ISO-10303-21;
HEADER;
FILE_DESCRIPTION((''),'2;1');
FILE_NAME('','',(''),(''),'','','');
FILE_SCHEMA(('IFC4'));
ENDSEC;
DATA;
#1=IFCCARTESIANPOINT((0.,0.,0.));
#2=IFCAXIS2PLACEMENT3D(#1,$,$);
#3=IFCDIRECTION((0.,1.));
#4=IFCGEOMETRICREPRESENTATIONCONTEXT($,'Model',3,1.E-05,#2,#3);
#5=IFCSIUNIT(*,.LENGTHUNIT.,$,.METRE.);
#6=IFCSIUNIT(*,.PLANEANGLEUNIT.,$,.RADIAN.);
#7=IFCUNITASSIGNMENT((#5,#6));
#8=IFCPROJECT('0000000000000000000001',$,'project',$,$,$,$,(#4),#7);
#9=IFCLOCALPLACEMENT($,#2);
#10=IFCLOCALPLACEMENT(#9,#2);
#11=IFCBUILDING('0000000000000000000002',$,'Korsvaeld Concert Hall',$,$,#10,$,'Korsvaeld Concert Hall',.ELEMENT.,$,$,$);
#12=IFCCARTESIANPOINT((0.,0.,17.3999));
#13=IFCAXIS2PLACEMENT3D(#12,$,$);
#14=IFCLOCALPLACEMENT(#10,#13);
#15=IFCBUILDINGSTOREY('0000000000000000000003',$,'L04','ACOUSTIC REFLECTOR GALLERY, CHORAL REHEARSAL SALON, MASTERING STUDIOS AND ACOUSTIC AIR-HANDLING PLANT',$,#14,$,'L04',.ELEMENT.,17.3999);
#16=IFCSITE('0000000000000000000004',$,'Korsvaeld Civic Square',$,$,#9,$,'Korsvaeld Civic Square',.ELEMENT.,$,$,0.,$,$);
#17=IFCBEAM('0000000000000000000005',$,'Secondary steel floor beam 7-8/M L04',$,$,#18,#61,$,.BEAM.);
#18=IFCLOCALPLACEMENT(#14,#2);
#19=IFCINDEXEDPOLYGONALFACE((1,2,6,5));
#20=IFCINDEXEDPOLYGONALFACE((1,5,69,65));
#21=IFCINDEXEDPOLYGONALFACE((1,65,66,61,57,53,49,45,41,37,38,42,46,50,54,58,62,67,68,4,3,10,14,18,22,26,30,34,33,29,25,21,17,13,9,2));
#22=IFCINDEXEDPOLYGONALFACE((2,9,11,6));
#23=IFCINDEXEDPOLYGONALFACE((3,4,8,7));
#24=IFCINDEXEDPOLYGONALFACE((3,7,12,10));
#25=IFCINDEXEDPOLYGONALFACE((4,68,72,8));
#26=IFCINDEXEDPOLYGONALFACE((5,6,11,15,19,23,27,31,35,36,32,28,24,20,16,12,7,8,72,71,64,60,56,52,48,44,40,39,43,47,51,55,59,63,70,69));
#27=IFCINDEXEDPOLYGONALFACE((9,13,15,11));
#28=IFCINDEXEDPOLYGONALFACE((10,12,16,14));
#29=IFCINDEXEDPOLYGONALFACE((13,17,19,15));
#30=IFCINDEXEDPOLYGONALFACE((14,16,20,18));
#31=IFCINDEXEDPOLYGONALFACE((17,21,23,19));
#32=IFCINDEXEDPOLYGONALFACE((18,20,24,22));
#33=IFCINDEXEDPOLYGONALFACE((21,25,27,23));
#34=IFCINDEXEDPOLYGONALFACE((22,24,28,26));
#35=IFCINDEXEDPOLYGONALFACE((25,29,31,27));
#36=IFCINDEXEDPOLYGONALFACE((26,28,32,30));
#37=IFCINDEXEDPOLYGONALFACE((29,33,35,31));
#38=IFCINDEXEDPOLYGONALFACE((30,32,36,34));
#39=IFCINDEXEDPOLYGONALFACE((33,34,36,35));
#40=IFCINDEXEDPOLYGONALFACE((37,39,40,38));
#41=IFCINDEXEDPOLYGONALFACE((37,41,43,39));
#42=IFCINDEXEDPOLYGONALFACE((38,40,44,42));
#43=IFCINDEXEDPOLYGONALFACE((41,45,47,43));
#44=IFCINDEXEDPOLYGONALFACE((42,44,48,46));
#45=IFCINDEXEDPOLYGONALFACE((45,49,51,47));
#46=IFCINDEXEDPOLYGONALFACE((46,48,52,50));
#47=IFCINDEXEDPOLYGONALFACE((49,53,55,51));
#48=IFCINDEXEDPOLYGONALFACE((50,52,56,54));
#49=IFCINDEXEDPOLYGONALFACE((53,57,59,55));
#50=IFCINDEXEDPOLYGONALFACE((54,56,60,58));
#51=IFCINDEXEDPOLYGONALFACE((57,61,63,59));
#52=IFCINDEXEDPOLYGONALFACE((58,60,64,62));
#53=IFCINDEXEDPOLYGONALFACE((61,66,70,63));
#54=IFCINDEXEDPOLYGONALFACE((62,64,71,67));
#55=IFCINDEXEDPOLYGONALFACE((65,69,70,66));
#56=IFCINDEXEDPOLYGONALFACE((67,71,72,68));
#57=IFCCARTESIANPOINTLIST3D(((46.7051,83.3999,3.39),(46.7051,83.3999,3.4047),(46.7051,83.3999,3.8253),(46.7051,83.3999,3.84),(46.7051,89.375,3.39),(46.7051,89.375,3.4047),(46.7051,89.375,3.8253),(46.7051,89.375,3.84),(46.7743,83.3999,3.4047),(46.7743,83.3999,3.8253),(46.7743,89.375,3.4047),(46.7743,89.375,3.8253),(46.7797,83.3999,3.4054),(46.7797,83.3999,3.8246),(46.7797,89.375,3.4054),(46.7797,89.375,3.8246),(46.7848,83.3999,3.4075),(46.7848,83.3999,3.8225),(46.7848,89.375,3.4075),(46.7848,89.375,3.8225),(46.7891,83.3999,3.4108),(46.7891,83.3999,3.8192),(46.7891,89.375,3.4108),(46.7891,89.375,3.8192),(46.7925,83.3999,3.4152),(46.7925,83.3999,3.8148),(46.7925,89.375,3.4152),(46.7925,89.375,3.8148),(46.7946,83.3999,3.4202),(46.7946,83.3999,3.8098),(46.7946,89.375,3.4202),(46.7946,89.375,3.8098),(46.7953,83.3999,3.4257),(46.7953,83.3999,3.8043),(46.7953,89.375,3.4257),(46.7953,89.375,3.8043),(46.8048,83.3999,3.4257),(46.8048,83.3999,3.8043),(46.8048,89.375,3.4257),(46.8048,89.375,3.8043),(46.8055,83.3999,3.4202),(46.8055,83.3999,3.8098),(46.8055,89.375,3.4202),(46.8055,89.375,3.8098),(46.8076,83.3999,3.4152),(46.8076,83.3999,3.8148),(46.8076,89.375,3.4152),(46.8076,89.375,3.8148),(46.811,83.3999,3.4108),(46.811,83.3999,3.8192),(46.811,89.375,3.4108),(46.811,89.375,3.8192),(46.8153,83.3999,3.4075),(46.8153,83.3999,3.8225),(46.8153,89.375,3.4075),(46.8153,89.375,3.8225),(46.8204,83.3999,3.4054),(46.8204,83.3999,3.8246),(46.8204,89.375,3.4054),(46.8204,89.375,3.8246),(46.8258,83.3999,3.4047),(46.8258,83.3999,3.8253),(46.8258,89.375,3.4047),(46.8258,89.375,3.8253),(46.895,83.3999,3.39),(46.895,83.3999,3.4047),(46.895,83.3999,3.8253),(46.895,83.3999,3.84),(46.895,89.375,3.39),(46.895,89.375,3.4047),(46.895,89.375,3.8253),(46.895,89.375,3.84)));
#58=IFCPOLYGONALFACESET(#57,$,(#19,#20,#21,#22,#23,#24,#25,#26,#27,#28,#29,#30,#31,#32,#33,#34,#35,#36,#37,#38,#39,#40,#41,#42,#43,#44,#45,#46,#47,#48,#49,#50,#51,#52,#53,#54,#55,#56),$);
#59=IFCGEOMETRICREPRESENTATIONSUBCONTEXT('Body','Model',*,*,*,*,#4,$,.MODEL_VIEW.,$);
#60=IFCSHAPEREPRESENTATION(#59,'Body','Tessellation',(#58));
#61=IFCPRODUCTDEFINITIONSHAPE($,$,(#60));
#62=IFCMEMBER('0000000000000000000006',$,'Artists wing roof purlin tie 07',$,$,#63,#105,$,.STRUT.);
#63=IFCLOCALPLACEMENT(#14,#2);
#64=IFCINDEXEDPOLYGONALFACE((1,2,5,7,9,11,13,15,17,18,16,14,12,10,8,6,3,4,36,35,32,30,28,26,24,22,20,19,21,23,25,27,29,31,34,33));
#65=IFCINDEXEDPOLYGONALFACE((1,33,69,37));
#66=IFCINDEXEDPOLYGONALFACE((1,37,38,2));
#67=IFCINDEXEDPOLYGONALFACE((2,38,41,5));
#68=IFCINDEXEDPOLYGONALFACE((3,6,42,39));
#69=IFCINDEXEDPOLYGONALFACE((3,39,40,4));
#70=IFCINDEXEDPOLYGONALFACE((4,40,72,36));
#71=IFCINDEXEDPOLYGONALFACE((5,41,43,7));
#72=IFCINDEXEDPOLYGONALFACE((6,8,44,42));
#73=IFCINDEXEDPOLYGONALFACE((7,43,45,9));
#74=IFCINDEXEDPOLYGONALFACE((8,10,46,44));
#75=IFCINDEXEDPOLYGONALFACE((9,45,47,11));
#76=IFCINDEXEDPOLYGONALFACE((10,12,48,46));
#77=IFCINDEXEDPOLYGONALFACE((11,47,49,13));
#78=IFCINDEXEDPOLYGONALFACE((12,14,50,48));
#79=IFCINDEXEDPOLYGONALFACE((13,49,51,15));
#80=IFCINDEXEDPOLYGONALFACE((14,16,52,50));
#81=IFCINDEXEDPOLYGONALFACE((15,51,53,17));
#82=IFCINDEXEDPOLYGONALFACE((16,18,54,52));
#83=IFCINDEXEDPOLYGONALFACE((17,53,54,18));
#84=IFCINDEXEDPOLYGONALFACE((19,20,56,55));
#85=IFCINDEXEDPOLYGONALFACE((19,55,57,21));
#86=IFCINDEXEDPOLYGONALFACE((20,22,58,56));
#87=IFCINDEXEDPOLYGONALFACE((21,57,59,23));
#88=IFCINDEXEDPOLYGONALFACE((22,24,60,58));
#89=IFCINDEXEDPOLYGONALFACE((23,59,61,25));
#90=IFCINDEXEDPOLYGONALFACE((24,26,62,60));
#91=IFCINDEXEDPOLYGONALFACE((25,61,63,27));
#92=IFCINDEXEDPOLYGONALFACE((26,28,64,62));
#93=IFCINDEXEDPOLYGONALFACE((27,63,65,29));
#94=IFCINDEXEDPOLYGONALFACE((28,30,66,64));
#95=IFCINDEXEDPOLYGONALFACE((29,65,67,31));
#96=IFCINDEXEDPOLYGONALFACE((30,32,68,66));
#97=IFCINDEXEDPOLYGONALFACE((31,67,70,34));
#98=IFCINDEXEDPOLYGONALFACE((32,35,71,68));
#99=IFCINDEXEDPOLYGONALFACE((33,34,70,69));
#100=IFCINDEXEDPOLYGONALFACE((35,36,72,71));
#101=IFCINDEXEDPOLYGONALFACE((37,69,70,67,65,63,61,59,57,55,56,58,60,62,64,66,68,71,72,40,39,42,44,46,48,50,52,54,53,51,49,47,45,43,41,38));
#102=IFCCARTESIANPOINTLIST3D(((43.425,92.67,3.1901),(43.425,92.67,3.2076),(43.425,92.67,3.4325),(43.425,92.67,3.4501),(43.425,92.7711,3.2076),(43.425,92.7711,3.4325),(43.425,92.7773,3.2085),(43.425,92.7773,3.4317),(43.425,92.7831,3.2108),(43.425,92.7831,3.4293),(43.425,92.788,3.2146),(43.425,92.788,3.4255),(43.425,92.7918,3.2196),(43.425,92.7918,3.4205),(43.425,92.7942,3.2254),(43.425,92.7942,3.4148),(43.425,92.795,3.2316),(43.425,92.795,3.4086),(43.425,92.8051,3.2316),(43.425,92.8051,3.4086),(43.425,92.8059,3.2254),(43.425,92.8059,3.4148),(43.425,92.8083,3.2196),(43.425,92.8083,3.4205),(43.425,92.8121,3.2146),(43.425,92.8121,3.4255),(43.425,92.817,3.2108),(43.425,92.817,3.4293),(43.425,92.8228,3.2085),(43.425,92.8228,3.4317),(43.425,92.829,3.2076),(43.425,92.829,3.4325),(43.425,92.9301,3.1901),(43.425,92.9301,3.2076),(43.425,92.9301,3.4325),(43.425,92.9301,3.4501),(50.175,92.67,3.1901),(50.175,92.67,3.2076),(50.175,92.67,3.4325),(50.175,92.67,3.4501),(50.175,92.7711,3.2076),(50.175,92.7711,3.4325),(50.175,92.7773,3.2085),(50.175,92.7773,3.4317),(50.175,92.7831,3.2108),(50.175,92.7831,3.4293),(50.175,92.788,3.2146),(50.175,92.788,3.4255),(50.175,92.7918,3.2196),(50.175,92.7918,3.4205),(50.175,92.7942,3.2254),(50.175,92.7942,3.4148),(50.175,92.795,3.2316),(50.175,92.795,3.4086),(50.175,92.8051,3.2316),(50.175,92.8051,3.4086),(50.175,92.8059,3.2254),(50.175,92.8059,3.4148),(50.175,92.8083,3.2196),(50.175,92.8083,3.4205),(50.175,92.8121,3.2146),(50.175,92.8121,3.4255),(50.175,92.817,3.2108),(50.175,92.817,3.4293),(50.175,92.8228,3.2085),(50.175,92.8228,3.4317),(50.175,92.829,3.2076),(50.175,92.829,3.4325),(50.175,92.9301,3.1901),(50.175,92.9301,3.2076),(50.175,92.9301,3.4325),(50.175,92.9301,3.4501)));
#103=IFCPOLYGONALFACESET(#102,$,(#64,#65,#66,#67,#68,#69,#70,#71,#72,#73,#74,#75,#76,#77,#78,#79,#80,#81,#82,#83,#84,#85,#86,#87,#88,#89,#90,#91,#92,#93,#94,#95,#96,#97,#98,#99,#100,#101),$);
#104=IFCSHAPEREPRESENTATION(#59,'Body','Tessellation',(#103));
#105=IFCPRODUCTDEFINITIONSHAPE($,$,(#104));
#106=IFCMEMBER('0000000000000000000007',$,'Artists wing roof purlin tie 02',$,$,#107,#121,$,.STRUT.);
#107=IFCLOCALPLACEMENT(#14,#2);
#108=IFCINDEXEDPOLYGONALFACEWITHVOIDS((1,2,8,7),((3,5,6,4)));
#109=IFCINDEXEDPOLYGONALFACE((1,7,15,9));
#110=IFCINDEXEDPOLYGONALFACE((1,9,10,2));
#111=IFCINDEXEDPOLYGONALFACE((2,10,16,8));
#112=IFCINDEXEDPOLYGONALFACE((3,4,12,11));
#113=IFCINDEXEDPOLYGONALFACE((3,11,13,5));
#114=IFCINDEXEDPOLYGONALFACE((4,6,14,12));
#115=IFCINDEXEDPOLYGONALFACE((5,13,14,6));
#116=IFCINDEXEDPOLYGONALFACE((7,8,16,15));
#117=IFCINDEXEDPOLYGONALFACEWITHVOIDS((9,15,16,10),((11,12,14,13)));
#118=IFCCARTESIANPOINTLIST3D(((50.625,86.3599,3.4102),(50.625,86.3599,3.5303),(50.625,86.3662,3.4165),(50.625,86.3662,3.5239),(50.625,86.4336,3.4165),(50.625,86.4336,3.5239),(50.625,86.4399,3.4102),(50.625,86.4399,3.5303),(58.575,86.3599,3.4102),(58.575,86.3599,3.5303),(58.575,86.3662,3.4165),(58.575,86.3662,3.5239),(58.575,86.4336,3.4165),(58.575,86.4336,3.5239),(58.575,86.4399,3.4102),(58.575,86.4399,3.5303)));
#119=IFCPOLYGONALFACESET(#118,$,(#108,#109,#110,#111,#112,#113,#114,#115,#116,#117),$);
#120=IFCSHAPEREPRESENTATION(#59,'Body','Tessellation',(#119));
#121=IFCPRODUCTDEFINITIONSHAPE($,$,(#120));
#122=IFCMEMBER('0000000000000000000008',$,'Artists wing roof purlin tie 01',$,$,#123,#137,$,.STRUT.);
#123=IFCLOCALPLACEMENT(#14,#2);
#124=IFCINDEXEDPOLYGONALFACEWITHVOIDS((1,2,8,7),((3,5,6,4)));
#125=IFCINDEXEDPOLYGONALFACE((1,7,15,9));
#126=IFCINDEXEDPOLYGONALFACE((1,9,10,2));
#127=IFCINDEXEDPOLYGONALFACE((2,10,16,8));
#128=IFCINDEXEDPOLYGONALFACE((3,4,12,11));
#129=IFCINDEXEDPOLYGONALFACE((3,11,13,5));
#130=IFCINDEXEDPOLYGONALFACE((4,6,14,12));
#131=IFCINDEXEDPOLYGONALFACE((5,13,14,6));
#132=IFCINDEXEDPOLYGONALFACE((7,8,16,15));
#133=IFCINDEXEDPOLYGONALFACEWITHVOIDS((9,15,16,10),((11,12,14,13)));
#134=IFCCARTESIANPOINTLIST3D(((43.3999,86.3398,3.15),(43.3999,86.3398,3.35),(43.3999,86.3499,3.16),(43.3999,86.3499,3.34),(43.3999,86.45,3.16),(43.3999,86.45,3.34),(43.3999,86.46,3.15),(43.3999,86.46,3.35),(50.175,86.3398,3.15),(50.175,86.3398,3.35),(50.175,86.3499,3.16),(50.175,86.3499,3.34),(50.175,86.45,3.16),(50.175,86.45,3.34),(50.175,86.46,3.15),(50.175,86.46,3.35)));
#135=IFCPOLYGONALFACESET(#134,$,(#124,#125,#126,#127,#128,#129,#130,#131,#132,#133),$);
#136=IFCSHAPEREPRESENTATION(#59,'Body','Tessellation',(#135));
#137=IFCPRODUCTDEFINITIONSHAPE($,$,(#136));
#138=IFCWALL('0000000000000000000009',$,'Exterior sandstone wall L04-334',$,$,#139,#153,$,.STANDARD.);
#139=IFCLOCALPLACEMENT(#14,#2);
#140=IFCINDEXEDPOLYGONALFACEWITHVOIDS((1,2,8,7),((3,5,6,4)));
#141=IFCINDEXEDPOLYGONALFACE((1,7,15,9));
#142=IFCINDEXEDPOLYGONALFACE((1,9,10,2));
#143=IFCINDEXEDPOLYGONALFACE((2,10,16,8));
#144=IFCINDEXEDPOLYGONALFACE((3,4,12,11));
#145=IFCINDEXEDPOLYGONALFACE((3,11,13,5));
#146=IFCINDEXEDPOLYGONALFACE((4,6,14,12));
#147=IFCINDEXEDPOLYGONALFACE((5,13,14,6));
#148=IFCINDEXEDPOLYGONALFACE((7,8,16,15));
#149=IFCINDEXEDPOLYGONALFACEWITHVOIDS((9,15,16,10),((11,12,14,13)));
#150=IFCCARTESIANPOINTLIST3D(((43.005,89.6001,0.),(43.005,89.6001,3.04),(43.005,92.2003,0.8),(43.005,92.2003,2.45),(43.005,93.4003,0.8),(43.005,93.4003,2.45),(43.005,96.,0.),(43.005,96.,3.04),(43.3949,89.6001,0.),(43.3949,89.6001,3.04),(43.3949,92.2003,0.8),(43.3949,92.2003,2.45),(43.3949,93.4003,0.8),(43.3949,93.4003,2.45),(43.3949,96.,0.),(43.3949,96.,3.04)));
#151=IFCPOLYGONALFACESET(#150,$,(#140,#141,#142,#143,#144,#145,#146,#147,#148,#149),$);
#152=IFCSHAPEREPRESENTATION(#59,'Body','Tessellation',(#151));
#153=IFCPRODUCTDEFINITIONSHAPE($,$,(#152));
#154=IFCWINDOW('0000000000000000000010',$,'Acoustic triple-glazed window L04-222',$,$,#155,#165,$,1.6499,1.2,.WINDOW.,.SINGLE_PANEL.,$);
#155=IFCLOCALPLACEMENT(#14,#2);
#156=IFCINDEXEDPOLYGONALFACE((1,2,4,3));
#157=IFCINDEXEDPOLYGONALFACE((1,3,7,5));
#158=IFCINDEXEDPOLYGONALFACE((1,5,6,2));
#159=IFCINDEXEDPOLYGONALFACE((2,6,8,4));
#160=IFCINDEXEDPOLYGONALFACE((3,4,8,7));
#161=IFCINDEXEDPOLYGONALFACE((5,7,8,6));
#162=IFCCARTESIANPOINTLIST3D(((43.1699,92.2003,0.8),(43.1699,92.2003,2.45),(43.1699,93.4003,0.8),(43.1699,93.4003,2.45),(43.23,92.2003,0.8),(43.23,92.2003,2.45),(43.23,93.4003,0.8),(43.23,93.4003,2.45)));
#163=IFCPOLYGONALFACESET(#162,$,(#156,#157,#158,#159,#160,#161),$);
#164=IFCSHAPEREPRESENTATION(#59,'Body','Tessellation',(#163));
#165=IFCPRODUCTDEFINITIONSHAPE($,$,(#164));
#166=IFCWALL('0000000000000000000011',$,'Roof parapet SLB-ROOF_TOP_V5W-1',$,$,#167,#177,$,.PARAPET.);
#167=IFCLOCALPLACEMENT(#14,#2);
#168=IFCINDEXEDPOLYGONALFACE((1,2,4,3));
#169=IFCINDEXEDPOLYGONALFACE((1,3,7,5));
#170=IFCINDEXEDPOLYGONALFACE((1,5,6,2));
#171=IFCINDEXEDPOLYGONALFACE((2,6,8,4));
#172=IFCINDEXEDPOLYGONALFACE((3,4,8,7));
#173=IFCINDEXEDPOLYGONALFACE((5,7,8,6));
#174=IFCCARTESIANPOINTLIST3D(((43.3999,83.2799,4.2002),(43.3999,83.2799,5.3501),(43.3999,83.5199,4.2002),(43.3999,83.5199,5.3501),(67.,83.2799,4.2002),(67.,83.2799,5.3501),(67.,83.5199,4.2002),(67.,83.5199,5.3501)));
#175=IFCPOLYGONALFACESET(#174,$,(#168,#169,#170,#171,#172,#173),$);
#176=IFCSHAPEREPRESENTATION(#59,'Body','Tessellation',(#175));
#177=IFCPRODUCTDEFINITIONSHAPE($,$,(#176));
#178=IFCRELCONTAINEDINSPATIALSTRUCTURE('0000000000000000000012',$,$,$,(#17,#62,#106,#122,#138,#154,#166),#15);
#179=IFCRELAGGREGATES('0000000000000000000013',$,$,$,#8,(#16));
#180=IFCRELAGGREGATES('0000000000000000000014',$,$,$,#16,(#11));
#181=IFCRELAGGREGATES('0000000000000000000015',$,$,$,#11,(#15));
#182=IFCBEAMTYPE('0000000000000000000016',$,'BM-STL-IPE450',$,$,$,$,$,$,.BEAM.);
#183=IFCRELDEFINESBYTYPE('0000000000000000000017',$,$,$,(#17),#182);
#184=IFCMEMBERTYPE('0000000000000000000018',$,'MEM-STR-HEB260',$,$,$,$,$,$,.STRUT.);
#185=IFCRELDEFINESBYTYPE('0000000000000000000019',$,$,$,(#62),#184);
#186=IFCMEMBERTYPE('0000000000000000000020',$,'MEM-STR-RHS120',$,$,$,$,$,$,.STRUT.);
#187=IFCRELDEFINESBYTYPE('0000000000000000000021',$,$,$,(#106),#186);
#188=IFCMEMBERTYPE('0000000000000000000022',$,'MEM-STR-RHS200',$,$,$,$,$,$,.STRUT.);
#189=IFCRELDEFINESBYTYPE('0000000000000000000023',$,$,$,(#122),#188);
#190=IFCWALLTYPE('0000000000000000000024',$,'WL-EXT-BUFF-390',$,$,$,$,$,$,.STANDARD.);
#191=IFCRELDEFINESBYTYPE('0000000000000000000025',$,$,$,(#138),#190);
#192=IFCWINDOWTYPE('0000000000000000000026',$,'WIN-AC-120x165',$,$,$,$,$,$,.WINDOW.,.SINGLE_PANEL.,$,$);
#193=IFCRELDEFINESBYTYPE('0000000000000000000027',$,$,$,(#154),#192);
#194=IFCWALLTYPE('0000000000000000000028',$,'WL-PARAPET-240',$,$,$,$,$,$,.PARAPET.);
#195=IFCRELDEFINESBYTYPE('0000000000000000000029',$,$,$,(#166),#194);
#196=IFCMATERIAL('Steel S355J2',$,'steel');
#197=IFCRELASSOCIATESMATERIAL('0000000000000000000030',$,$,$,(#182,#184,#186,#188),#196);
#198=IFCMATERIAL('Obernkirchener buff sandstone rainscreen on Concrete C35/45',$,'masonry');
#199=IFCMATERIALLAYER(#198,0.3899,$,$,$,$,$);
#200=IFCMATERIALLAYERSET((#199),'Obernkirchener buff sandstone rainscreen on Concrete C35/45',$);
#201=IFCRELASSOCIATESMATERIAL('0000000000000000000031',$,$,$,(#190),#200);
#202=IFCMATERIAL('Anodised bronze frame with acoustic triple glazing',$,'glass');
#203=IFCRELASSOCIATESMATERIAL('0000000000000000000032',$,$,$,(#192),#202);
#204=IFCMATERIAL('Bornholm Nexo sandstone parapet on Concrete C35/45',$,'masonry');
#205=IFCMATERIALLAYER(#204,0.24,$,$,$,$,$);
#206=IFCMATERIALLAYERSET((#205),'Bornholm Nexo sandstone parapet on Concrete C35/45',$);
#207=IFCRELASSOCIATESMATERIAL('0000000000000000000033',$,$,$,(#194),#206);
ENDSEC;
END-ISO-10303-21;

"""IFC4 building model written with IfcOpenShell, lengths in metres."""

from ifc_helpers import new_model, si_unit, direction, frame, frame_2d, origin, origin_2d, place, context, subcontext, project, spatial, rectangle, hollow_rectangle, i_section, extrude, material, layer, layer_set, material_profile, profile_set, type_object, element, fill, save


model = new_model("IFC4")

# Units and contexts
model_context = context("Model", 3, precision=1e-05, world=origin(), true_north=direction((0.0, 1.0)))
body_context = subcontext(model_context, "Body", "Model", "MODEL_VIEW")
ifc_project = project(units=[si_unit("LENGTHUNIT", "METRE"), si_unit("PLANEANGLEUNIT", "RADIAN")], contexts=[model_context])

# Site, building, storey
site_placement = place(None, origin())
site = spatial("IfcSite", under=ifc_project, at=site_placement, Name="Korsvaeld Civic Square", LongName="Korsvaeld Civic Square", CompositionType="ELEMENT", RefElevation=0.0)
building_placement = place(site_placement, origin())
building = spatial("IfcBuilding", under=site, at=building_placement, Name="Korsvaeld Concert Hall", LongName="Korsvaeld Concert Hall", CompositionType="ELEMENT")
storey_placement = place(building_placement, frame((0.0, 0.0, 17.3999)))
storey = spatial("IfcBuildingStorey", under=building, at=storey_placement, Name="L04", Description="ACOUSTIC REFLECTOR GALLERY, CHORAL REHEARSAL SALON, MASTERING STUDIOS AND ACOUSTIC AIR-HANDLING PLANT", LongName="L04", CompositionType="ELEMENT", Elevation=17.3999)

# Beam
ifc_material_1 = material(Name="Steel S355J2", Category="steel")
ifc_material_profile_1 = material_profile(ifc_material_1, i_section(OverallWidth=0.1899, OverallDepth=0.45, WebThickness=0.0095, FlangeThickness=0.0146, FilletRadius=0.021, at=origin_2d()), Name="IPE 450")
ifc_profile_set_1 = profile_set([ifc_material_profile_1], Name="Steel S355J2")
beam_type_1 = type_object("IfcBeamType", Name="BM-STL-IPE450", PredefinedType="BEAM", material=ifc_profile_set_1)
beam_1_placement = place(storey_placement, frame((46.8, 83.3999, 3.615), z_axis=(0.0, 1.0, 0.0), x_axis=(-1.0, 0.0, 0.0)))
element("IfcBeam", 1, at=beam_1_placement, inside=storey, type_object=beam_type_1, Name="Secondary steel floor beam 7-8/M L04", PredefinedType="BEAM", context=body_context, shape_type="SweptSolid", body=[
    extrude(i_section(OverallWidth=0.1899, OverallDepth=0.45, WebThickness=0.0095, FlangeThickness=0.0146, FilletRadius=0.021, at=origin_2d()), origin(), (0.0, 0.0, 1.0), 5.9751),
])

# Members
ifc_material_profile_2 = material_profile(ifc_material_1, i_section(OverallWidth=0.26, OverallDepth=0.26, WebThickness=0.01, FlangeThickness=0.0176, FilletRadius=0.0239, at=origin_2d()), Name="HEB 260")
ifc_profile_set_2 = profile_set([ifc_material_profile_2], Name="Steel S355J2")
member_type_1 = type_object("IfcMemberType", Name="MEM-STR-HEB260", PredefinedType="STRUT", material=ifc_profile_set_2)
member_1_placement = place(storey_placement, frame((43.425, 92.8, 3.3201), z_axis=(1.0, 0.0, 0.0), x_axis=(0.0, 1.0, 0.0)))
element("IfcMember", 2, at=member_1_placement, inside=storey, type_object=member_type_1, Name="Artists wing roof purlin tie 07", PredefinedType="STRUT", context=body_context, shape_type="SweptSolid", body=[
    extrude(i_section(OverallWidth=0.26, OverallDepth=0.26, WebThickness=0.01, FlangeThickness=0.0176, FilletRadius=0.0239, at=origin_2d()), origin(), (0.0, 0.0, 1.0), 6.75),
])
ifc_material_profile_3 = material_profile(ifc_material_1, hollow_rectangle(XDim=0.0801, YDim=0.1201, WallThickness=0.0063, at=origin_2d()), Name="RHS 120x80x6.3")
ifc_profile_set_3 = profile_set([ifc_material_profile_3], Name="Steel S355J2")
member_type_2 = type_object("IfcMemberType", Name="MEM-STR-RHS120", PredefinedType="STRUT", material=ifc_profile_set_3)
member_2_placement = place(storey_placement, frame((50.625, 86.3999, 3.4702), z_axis=(1.0, 0.0, 0.0), x_axis=(0.0, 1.0, 0.0)))
element("IfcMember", 3, at=member_2_placement, inside=storey, type_object=member_type_2, Name="Artists wing roof purlin tie 02", PredefinedType="STRUT", context=body_context, shape_type="SweptSolid", body=[
    extrude(hollow_rectangle(XDim=0.0801, YDim=0.1201, WallThickness=0.0063, at=origin_2d()), origin(), (0.0, 0.0, 1.0), 7.95),
])
ifc_material_profile_4 = material_profile(ifc_material_1, hollow_rectangle(XDim=0.1201, YDim=0.2, WallThickness=0.01, at=origin_2d()), Name="RHS 200x120x10")
ifc_profile_set_4 = profile_set([ifc_material_profile_4], Name="Steel S355J2")
member_type_3 = type_object("IfcMemberType", Name="MEM-STR-RHS200", PredefinedType="STRUT", material=ifc_profile_set_4)
member_3_placement = place(storey_placement, frame((43.3999, 86.3999, 3.25), z_axis=(1.0, 0.0, 0.0), x_axis=(0.0, 1.0, 0.0)))
element("IfcMember", 4, at=member_3_placement, inside=storey, type_object=member_type_3, Name="Artists wing roof purlin tie 01", PredefinedType="STRUT", context=body_context, shape_type="SweptSolid", body=[
    extrude(hollow_rectangle(XDim=0.1201, YDim=0.2, WallThickness=0.01, at=origin_2d()), origin(), (0.0, 0.0, 1.0), 6.7751),
])

# Wall, opening, window
ifc_material_2 = material(Name="Obernkirchener buff sandstone rainscreen on Concrete C35/45", Category="masonry")
ifc_layer_1 = layer(ifc_material_2, 0.3899)
ifc_layer_set_1 = layer_set([ifc_layer_1], Name="Obernkirchener buff sandstone rainscreen on Concrete C35/45")
wall_type_1 = type_object("IfcWallType", Name="WL-EXT-BUFF-390", PredefinedType="STANDARD", material=ifc_layer_set_1)
wall_1_placement = place(storey_placement, frame((43.2, 89.6001, 0.0), z_axis=(0.0, 0.0, 1.0), x_axis=(0.0, 1.0, 0.0)))
wall_1 = element("IfcWall", 5, at=wall_1_placement, inside=storey, type_object=wall_type_1, Name="Exterior sandstone wall L04-334", PredefinedType="STANDARD", context=body_context, shape_type="SweptSolid", body=[
    extrude(rectangle(XDim=6.3999, YDim=0.3899, at=frame_2d((3.2, 0.0))), origin(), (0.0, 0.0, 1.0), 3.04),
])
opening_1_placement = place(wall_1_placement, frame((2.6001, 0.0, 0.8)))
opening_1 = element("IfcOpeningElement", 6, at=opening_1_placement, cuts=wall_1, PredefinedType="OPENING", context=body_context, shape_type="SweptSolid", body=[
    extrude(rectangle(XDim=1.2, YDim=1.6499, at=frame_2d((0.6001, 0.825))), frame((0.0, 0.2051, 0.0), z_axis=(0.0, -1.0, 0.0), x_axis=(1.0, 0.0, 0.0)), (0.0, 0.0, 1.0), 0.4099),
])
ifc_material_3 = material(Name="Anodised bronze frame with acoustic triple glazing", Category="glass")
window_type = type_object("IfcWindowType", Name="WIN-AC-120x165", PartitioningType="SINGLE_PANEL", PredefinedType="WINDOW", material=ifc_material_3)
window_placement = place(opening_1_placement, origin())
window = element("IfcWindow", 7, at=window_placement, inside=storey, type_object=window_type, Name="Acoustic triple-glazed window L04-222", OverallHeight=1.6499, OverallWidth=1.2, PartitioningType="SINGLE_PANEL", PredefinedType="WINDOW", context=body_context, shape_type="SweptSolid", body=[
    extrude(rectangle(XDim=1.2, YDim=1.6499, at=frame_2d((0.6001, 0.825))), frame((0.0, 0.03, 0.0), z_axis=(0.0, -1.0, 0.0), x_axis=(1.0, 0.0, 0.0)), (0.0, 0.0, 1.0), 0.0601),
])
fill(opening_1, window)

# Wall
ifc_material_4 = material(Name="Bornholm Nexo sandstone parapet on Concrete C35/45", Category="masonry")
ifc_layer_2 = layer(ifc_material_4, 0.24)
ifc_layer_set_2 = layer_set([ifc_layer_2], Name="Bornholm Nexo sandstone parapet on Concrete C35/45")
wall_type_2 = type_object("IfcWallType", Name="WL-PARAPET-240", PredefinedType="PARAPET", material=ifc_layer_set_2)
wall_2_placement = place(storey_placement, frame((43.3999, 83.3999, 4.2002), z_axis=(0.0, 0.0, 1.0), x_axis=(1.0, 0.0, 0.0)))
element("IfcWall", 8, at=wall_2_placement, inside=storey, type_object=wall_type_2, Name="Roof parapet SLB-ROOF_TOP_V5W-1", PredefinedType="PARAPET", context=body_context, shape_type="SweptSolid", body=[
    extrude(rectangle(XDim=23.6001, YDim=0.24, at=frame_2d((11.8, 0.0))), origin(), (0.0, 0.0, 1.0), 1.1499),
])

save(model, "model.ifc")
